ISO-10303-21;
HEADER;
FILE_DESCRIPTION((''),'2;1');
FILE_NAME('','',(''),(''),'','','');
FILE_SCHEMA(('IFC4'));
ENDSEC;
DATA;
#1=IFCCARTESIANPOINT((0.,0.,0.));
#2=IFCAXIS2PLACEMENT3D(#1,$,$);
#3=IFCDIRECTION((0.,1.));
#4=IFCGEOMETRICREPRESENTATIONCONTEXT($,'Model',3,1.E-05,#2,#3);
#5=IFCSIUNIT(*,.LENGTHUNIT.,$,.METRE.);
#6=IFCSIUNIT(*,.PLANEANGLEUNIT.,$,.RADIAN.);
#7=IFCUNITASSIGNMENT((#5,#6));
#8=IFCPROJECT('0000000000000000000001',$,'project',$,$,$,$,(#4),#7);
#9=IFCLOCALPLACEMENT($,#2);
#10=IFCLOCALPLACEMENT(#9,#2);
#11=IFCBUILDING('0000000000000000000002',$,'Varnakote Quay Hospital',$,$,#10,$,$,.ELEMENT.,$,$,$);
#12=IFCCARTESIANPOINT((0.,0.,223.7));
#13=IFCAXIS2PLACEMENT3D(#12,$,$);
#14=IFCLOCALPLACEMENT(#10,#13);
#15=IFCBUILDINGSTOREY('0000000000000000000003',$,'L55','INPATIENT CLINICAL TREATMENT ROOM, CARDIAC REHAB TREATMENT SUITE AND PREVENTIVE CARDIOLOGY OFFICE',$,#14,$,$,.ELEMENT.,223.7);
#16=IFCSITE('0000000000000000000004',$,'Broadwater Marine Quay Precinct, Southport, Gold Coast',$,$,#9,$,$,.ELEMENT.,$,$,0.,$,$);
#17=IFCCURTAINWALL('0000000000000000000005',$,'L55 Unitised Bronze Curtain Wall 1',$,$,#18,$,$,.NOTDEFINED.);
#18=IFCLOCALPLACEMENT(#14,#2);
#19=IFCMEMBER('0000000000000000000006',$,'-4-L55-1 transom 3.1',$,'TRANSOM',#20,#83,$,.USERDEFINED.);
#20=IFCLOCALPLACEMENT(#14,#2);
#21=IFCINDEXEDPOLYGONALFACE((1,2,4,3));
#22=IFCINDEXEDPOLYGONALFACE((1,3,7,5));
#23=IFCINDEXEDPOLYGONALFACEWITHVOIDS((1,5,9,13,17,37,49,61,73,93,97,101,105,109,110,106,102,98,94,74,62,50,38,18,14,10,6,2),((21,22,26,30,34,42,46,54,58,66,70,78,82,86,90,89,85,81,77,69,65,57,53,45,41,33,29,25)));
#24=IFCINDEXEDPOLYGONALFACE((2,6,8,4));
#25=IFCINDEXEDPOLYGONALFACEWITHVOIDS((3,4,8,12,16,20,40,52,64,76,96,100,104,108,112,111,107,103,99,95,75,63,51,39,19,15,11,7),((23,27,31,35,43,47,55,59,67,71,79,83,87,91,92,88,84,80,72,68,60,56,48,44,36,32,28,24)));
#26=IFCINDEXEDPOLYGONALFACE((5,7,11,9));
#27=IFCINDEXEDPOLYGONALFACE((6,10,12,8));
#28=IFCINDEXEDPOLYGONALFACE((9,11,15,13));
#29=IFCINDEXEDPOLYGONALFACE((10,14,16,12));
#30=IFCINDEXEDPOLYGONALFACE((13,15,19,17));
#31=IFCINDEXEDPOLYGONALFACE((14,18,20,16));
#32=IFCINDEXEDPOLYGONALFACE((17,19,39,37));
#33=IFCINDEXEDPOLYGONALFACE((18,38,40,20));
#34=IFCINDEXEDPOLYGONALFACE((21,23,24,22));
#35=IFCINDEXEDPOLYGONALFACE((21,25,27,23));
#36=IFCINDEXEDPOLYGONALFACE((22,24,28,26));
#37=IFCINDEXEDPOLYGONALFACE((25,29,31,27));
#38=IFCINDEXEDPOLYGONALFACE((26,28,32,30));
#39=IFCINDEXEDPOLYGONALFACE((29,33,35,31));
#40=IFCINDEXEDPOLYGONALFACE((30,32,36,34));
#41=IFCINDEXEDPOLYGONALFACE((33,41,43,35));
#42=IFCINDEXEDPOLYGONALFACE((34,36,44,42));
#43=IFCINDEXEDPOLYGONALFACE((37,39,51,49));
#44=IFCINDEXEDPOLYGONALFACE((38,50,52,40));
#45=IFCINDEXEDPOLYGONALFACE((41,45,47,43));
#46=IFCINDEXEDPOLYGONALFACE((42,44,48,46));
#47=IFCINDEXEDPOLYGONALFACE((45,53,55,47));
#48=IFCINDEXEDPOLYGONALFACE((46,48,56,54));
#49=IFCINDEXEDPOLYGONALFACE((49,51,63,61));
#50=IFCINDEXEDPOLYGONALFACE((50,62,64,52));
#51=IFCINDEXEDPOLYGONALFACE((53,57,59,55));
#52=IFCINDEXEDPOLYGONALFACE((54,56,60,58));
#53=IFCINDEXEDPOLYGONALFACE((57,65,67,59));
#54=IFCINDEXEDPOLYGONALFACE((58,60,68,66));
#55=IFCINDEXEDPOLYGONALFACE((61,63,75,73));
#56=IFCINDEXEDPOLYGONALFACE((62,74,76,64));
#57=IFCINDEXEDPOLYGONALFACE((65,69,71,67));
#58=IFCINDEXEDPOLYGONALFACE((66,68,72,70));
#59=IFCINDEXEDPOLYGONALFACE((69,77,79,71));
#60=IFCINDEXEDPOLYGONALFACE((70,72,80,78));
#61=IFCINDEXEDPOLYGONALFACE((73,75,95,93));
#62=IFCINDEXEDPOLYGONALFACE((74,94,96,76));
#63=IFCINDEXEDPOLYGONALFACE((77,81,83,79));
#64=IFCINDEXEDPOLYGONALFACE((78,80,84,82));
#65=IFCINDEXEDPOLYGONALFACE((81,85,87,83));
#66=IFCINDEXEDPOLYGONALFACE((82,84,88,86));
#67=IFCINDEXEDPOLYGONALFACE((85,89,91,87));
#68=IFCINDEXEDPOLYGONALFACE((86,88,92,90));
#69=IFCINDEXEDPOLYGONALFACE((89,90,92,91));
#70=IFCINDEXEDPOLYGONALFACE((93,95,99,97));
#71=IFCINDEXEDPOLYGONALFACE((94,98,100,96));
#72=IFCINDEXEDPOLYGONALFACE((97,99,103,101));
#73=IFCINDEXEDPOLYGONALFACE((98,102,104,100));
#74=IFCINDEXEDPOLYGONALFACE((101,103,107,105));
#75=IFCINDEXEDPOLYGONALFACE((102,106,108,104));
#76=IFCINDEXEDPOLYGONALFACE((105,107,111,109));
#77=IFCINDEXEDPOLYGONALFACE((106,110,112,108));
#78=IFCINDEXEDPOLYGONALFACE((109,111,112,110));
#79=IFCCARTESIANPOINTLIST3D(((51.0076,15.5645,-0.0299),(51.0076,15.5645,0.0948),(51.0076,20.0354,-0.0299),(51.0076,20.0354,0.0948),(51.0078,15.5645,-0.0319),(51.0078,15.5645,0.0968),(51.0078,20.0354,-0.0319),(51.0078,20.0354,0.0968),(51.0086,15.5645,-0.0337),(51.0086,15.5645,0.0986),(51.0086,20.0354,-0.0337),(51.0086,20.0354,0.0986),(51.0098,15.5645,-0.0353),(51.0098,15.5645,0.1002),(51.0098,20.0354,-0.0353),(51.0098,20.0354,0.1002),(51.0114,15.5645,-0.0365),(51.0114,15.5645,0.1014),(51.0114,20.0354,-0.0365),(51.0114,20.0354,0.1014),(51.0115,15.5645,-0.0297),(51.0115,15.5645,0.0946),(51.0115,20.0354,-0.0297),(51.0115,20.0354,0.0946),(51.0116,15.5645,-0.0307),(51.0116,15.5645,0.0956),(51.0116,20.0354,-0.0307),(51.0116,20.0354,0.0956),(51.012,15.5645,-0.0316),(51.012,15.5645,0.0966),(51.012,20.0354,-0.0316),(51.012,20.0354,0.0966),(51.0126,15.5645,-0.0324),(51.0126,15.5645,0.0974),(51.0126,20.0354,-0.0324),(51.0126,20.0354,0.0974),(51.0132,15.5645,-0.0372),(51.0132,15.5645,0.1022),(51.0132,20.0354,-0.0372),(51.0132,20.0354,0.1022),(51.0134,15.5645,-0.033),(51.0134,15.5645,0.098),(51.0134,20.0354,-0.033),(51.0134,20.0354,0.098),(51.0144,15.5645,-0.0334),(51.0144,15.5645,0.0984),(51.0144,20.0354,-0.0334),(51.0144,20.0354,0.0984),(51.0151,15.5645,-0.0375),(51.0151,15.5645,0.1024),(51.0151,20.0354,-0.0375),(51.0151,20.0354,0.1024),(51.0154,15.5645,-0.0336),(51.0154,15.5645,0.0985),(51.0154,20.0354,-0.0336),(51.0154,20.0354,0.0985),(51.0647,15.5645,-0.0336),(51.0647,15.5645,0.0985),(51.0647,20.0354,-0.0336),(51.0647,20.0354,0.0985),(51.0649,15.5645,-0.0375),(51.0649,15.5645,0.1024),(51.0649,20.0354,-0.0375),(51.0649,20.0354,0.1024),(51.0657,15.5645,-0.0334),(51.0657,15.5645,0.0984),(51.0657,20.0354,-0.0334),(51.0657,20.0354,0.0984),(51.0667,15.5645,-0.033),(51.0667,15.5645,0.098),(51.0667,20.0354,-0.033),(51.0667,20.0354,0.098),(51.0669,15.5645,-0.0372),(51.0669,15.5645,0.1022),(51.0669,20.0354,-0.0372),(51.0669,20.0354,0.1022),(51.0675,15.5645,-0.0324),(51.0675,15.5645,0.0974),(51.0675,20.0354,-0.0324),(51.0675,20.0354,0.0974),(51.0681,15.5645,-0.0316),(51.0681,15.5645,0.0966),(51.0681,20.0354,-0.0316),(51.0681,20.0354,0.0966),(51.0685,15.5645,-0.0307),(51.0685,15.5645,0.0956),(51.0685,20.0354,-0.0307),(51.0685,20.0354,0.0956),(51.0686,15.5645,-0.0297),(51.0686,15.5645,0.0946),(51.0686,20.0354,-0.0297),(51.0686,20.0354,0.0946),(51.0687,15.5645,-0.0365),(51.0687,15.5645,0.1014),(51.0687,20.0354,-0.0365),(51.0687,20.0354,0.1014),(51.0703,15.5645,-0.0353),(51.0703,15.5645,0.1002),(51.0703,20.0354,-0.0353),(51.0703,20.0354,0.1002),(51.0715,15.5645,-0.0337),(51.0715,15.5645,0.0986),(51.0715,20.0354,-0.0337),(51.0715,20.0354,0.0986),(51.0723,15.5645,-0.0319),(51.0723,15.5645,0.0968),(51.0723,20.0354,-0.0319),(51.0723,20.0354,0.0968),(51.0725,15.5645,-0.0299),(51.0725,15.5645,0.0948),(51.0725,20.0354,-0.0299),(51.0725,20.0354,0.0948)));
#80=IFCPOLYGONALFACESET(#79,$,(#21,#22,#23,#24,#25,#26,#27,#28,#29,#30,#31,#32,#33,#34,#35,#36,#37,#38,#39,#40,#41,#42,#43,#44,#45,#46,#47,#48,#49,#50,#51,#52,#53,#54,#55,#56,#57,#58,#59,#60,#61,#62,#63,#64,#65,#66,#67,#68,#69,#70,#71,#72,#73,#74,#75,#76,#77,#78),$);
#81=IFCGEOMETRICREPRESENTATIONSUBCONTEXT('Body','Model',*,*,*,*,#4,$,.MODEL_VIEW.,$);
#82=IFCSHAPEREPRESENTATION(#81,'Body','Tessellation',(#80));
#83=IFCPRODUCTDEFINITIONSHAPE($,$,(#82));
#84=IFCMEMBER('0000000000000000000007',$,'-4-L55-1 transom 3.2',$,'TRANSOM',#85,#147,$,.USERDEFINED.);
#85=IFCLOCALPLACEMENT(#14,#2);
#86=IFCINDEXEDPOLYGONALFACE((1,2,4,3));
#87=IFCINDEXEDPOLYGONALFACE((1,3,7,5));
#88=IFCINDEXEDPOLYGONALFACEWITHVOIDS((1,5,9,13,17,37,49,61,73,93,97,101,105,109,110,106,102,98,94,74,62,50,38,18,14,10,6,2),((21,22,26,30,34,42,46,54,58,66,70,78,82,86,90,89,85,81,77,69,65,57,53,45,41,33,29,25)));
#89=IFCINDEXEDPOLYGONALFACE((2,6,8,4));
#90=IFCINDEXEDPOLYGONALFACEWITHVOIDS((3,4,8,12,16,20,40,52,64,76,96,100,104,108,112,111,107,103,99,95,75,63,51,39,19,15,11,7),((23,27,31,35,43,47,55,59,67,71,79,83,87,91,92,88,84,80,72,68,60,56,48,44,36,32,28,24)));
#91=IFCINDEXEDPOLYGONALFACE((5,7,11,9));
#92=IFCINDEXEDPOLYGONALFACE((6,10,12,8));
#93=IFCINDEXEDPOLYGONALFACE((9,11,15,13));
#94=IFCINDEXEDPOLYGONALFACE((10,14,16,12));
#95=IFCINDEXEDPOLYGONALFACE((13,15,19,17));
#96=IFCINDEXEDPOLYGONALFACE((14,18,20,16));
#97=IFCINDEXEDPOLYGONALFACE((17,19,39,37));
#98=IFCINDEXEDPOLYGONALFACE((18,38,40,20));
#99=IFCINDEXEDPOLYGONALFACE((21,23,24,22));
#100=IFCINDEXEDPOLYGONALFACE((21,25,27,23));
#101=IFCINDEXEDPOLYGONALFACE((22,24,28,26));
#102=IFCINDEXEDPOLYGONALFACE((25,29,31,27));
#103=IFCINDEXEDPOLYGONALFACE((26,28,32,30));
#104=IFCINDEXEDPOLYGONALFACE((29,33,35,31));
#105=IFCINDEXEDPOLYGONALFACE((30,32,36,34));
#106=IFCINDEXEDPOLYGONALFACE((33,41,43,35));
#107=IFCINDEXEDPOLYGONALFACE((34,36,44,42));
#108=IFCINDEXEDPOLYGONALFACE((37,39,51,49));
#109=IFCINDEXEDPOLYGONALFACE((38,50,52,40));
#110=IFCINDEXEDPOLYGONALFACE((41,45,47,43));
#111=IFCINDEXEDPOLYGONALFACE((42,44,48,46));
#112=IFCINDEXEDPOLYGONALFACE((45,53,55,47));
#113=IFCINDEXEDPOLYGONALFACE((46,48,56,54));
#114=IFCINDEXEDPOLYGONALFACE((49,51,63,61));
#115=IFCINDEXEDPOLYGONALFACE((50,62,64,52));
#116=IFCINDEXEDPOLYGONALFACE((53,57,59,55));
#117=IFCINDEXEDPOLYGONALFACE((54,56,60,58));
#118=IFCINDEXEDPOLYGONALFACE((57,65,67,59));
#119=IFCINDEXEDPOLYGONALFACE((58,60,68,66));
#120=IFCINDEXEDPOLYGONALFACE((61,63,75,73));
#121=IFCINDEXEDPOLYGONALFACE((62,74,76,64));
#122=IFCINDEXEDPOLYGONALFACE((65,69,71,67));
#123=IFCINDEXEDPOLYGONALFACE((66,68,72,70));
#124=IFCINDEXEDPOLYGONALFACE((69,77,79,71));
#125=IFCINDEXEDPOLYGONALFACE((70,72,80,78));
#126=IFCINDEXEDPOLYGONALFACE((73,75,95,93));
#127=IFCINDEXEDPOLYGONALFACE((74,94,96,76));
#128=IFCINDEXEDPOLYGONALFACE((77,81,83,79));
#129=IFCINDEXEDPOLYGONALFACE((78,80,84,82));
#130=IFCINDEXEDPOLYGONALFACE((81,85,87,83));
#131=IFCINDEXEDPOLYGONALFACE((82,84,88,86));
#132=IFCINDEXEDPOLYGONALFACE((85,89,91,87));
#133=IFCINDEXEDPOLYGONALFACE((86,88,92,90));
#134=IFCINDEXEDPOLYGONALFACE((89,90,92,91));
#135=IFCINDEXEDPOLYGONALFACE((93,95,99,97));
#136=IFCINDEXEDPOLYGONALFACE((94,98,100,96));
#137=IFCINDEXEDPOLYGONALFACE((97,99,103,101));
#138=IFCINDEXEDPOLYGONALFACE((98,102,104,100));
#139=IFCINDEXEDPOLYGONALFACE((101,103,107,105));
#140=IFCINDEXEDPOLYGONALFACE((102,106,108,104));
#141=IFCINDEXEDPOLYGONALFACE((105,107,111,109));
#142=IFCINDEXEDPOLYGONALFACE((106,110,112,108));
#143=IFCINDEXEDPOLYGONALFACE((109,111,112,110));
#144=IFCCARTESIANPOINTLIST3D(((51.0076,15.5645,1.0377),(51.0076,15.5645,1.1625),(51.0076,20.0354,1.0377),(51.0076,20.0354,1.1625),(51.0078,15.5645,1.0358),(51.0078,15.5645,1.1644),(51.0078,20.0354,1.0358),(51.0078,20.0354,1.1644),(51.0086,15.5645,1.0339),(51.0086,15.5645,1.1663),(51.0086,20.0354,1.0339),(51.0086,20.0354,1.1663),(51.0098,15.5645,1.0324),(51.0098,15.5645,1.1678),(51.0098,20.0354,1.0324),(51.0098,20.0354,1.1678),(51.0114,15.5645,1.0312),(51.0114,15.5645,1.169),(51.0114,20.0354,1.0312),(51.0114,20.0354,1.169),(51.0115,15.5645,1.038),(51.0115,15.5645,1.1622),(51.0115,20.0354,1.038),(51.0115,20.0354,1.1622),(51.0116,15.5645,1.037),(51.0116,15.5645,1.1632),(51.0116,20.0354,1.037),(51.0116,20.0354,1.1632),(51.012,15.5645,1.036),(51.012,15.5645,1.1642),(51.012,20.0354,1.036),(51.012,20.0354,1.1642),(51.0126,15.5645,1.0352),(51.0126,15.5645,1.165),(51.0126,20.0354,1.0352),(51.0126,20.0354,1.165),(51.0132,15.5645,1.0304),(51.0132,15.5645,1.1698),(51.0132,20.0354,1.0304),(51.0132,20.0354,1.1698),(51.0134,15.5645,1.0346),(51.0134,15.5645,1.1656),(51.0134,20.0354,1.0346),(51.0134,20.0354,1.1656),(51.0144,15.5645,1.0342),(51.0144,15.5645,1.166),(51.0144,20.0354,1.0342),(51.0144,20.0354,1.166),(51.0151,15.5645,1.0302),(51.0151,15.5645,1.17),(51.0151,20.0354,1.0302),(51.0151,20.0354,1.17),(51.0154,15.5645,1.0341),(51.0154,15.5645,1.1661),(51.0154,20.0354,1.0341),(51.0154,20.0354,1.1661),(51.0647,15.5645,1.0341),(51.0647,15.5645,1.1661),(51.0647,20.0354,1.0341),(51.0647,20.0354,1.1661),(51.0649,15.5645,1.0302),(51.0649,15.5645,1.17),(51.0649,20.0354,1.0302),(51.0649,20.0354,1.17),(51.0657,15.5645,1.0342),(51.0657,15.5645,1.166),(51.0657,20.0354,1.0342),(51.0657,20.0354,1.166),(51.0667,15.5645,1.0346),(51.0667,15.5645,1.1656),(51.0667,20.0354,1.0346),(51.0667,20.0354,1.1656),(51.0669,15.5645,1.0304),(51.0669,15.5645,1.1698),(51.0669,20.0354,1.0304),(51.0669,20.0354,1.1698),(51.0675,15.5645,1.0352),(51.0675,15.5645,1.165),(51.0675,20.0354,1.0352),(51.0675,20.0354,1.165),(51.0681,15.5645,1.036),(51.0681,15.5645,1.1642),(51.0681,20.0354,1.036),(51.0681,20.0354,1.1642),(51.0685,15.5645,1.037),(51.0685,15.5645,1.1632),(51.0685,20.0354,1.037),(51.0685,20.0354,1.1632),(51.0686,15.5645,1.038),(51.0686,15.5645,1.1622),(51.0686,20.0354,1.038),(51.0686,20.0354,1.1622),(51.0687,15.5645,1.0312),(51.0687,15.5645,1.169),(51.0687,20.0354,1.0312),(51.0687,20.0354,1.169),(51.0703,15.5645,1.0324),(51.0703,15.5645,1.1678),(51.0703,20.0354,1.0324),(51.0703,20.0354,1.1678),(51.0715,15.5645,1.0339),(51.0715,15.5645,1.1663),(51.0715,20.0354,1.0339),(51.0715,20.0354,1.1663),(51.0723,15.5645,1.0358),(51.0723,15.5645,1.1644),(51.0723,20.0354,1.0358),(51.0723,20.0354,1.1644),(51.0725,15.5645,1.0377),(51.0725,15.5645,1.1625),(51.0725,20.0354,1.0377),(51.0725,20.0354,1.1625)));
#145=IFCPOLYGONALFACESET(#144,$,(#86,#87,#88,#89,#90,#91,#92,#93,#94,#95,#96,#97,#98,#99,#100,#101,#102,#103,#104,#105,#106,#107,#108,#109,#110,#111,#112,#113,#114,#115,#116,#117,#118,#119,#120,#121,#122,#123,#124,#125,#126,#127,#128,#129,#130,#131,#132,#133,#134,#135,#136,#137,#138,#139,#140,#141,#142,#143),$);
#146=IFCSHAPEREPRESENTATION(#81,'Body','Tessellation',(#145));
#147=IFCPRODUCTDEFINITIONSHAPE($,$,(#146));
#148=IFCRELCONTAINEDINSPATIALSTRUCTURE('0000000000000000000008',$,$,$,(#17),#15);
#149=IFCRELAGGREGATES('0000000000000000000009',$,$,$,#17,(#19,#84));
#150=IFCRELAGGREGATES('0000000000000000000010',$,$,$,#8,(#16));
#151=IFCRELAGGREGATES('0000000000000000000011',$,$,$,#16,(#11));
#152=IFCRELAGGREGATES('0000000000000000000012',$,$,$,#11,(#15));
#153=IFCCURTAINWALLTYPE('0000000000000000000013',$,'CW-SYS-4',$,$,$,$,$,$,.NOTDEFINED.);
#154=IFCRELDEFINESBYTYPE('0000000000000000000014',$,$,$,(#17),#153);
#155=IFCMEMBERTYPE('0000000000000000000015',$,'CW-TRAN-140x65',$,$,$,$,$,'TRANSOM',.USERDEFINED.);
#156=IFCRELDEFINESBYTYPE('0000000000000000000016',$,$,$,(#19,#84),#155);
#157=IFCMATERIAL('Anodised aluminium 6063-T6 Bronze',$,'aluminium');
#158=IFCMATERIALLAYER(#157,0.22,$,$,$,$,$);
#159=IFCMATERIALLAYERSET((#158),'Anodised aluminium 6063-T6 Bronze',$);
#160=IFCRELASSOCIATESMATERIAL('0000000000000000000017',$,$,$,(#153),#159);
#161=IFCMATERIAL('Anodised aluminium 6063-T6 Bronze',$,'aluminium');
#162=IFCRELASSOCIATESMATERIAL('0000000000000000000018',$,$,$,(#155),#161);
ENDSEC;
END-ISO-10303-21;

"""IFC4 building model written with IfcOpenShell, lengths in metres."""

from ifc_helpers import new_model, si_unit, direction, frame, origin, origin_2d, place, context, subcontext, project, spatial, hollow_rectangle, extrude, material, layer, layer_set, material_profile, profile_set, type_object, element, aggregate, save


model = new_model("IFC4")

# Units and contexts
model_context = context("Model", 3, precision=1e-05, world=origin(), true_north=direction((0.0, 1.0)))
body_context = subcontext(model_context, "Body", "Model", "MODEL_VIEW")
ifc_project = project(units=[si_unit("LENGTHUNIT", "METRE"), si_unit("PLANEANGLEUNIT", "RADIAN")], contexts=[model_context])

# Site, building, storey
site_placement = place(None, origin())
site = spatial("IfcSite", under=ifc_project, at=site_placement, Name="Broadwater Marine Quay Precinct, Southport, Gold Coast", CompositionType="ELEMENT", RefElevation=0.0)
building_placement = place(site_placement, origin())
building = spatial("IfcBuilding", under=site, at=building_placement, Name="Varnakote Quay Hospital", CompositionType="ELEMENT")
storey_placement = place(building_placement, frame((0.0, 0.0, 223.7)))
storey = spatial("IfcBuildingStorey", under=building, at=storey_placement, Name="L55", Description="INPATIENT CLINICAL TREATMENT ROOM, CARDIAC REHAB TREATMENT SUITE AND PREVENTIVE CARDIOLOGY OFFICE", CompositionType="ELEMENT", Elevation=223.7)

# Curtain wall, members
ifc_material_1 = material(Name="Anodised aluminium 6063-T6 Bronze", Category="aluminium")
ifc_layer_1 = layer(ifc_material_1, 0.22)
ifc_layer_set_1 = layer_set([ifc_layer_1], Name="Anodised aluminium 6063-T6 Bronze")
curtain_wall_type = type_object("IfcCurtainWallType", Name="CW-SYS-4", PredefinedType="NOTDEFINED", material=ifc_layer_set_1)
curtain_wall_placement = place(storey_placement, origin())
curtain_wall = element("IfcCurtainWall", 1, at=curtain_wall_placement, inside=storey, type_object=curtain_wall_type, Name="L55 Unitised Bronze Curtain Wall 1", PredefinedType="NOTDEFINED")
ifc_material_2 = material(Name="Anodised aluminium 6063-T6 Bronze", Category="aluminium")
ifc_material_profile_1 = material_profile(ifc_material_2, hollow_rectangle(XDim=0.0649, YDim=0.1399, WallThickness=0.0039, InnerFilletRadius=0.0039, OuterFilletRadius=0.0076, at=origin_2d()), Name="CW-TRAN-140x65")
ifc_profile_set_1 = profile_set([ifc_material_profile_1], Name="Anodised aluminium 6063-T6 Bronze")
member_type_1 = type_object("IfcMemberType", Name="CW-TRAN-140x65", ElementType="TRANSOM", PredefinedType="USERDEFINED", material=ifc_profile_set_1)
member_1_placement = place(storey_placement, frame((51.04, 15.5645, 0.0325), z_axis=(0.0, 1.0, 0.0), x_axis=(-1.0, 0.0, 0.0)))
member_1 = element("IfcMember", 2, at=member_1_placement, type_object=member_type_1, Name="-4-L55-1 transom 3.1", ObjectType="TRANSOM", PredefinedType="USERDEFINED", context=body_context, shape_type="SweptSolid", body=[
    extrude(hollow_rectangle(XDim=0.0649, YDim=0.1399, WallThickness=0.0039, InnerFilletRadius=0.0039, OuterFilletRadius=0.0076, at=origin_2d()), origin(), (0.0, 0.0, 1.0), 4.4709),
])
member_2_placement = place(storey_placement, frame((51.04, 15.5645, 1.1001), z_axis=(0.0, 1.0, 0.0), x_axis=(-1.0, 0.0, 0.0)))
member_2 = element("IfcMember", 3, at=member_2_placement, type_object=member_type_1, Name="-4-L55-1 transom 3.2", ObjectType="TRANSOM", PredefinedType="USERDEFINED", context=body_context, shape_type="SweptSolid", body=[
    extrude(hollow_rectangle(XDim=0.0649, YDim=0.1399, WallThickness=0.0039, InnerFilletRadius=0.0039, OuterFilletRadius=0.0076, at=origin_2d()), origin(), (0.0, 0.0, 1.0), 4.4709),
])
aggregate(curtain_wall, [member_1, member_2])

save(model, "model.ifc")
